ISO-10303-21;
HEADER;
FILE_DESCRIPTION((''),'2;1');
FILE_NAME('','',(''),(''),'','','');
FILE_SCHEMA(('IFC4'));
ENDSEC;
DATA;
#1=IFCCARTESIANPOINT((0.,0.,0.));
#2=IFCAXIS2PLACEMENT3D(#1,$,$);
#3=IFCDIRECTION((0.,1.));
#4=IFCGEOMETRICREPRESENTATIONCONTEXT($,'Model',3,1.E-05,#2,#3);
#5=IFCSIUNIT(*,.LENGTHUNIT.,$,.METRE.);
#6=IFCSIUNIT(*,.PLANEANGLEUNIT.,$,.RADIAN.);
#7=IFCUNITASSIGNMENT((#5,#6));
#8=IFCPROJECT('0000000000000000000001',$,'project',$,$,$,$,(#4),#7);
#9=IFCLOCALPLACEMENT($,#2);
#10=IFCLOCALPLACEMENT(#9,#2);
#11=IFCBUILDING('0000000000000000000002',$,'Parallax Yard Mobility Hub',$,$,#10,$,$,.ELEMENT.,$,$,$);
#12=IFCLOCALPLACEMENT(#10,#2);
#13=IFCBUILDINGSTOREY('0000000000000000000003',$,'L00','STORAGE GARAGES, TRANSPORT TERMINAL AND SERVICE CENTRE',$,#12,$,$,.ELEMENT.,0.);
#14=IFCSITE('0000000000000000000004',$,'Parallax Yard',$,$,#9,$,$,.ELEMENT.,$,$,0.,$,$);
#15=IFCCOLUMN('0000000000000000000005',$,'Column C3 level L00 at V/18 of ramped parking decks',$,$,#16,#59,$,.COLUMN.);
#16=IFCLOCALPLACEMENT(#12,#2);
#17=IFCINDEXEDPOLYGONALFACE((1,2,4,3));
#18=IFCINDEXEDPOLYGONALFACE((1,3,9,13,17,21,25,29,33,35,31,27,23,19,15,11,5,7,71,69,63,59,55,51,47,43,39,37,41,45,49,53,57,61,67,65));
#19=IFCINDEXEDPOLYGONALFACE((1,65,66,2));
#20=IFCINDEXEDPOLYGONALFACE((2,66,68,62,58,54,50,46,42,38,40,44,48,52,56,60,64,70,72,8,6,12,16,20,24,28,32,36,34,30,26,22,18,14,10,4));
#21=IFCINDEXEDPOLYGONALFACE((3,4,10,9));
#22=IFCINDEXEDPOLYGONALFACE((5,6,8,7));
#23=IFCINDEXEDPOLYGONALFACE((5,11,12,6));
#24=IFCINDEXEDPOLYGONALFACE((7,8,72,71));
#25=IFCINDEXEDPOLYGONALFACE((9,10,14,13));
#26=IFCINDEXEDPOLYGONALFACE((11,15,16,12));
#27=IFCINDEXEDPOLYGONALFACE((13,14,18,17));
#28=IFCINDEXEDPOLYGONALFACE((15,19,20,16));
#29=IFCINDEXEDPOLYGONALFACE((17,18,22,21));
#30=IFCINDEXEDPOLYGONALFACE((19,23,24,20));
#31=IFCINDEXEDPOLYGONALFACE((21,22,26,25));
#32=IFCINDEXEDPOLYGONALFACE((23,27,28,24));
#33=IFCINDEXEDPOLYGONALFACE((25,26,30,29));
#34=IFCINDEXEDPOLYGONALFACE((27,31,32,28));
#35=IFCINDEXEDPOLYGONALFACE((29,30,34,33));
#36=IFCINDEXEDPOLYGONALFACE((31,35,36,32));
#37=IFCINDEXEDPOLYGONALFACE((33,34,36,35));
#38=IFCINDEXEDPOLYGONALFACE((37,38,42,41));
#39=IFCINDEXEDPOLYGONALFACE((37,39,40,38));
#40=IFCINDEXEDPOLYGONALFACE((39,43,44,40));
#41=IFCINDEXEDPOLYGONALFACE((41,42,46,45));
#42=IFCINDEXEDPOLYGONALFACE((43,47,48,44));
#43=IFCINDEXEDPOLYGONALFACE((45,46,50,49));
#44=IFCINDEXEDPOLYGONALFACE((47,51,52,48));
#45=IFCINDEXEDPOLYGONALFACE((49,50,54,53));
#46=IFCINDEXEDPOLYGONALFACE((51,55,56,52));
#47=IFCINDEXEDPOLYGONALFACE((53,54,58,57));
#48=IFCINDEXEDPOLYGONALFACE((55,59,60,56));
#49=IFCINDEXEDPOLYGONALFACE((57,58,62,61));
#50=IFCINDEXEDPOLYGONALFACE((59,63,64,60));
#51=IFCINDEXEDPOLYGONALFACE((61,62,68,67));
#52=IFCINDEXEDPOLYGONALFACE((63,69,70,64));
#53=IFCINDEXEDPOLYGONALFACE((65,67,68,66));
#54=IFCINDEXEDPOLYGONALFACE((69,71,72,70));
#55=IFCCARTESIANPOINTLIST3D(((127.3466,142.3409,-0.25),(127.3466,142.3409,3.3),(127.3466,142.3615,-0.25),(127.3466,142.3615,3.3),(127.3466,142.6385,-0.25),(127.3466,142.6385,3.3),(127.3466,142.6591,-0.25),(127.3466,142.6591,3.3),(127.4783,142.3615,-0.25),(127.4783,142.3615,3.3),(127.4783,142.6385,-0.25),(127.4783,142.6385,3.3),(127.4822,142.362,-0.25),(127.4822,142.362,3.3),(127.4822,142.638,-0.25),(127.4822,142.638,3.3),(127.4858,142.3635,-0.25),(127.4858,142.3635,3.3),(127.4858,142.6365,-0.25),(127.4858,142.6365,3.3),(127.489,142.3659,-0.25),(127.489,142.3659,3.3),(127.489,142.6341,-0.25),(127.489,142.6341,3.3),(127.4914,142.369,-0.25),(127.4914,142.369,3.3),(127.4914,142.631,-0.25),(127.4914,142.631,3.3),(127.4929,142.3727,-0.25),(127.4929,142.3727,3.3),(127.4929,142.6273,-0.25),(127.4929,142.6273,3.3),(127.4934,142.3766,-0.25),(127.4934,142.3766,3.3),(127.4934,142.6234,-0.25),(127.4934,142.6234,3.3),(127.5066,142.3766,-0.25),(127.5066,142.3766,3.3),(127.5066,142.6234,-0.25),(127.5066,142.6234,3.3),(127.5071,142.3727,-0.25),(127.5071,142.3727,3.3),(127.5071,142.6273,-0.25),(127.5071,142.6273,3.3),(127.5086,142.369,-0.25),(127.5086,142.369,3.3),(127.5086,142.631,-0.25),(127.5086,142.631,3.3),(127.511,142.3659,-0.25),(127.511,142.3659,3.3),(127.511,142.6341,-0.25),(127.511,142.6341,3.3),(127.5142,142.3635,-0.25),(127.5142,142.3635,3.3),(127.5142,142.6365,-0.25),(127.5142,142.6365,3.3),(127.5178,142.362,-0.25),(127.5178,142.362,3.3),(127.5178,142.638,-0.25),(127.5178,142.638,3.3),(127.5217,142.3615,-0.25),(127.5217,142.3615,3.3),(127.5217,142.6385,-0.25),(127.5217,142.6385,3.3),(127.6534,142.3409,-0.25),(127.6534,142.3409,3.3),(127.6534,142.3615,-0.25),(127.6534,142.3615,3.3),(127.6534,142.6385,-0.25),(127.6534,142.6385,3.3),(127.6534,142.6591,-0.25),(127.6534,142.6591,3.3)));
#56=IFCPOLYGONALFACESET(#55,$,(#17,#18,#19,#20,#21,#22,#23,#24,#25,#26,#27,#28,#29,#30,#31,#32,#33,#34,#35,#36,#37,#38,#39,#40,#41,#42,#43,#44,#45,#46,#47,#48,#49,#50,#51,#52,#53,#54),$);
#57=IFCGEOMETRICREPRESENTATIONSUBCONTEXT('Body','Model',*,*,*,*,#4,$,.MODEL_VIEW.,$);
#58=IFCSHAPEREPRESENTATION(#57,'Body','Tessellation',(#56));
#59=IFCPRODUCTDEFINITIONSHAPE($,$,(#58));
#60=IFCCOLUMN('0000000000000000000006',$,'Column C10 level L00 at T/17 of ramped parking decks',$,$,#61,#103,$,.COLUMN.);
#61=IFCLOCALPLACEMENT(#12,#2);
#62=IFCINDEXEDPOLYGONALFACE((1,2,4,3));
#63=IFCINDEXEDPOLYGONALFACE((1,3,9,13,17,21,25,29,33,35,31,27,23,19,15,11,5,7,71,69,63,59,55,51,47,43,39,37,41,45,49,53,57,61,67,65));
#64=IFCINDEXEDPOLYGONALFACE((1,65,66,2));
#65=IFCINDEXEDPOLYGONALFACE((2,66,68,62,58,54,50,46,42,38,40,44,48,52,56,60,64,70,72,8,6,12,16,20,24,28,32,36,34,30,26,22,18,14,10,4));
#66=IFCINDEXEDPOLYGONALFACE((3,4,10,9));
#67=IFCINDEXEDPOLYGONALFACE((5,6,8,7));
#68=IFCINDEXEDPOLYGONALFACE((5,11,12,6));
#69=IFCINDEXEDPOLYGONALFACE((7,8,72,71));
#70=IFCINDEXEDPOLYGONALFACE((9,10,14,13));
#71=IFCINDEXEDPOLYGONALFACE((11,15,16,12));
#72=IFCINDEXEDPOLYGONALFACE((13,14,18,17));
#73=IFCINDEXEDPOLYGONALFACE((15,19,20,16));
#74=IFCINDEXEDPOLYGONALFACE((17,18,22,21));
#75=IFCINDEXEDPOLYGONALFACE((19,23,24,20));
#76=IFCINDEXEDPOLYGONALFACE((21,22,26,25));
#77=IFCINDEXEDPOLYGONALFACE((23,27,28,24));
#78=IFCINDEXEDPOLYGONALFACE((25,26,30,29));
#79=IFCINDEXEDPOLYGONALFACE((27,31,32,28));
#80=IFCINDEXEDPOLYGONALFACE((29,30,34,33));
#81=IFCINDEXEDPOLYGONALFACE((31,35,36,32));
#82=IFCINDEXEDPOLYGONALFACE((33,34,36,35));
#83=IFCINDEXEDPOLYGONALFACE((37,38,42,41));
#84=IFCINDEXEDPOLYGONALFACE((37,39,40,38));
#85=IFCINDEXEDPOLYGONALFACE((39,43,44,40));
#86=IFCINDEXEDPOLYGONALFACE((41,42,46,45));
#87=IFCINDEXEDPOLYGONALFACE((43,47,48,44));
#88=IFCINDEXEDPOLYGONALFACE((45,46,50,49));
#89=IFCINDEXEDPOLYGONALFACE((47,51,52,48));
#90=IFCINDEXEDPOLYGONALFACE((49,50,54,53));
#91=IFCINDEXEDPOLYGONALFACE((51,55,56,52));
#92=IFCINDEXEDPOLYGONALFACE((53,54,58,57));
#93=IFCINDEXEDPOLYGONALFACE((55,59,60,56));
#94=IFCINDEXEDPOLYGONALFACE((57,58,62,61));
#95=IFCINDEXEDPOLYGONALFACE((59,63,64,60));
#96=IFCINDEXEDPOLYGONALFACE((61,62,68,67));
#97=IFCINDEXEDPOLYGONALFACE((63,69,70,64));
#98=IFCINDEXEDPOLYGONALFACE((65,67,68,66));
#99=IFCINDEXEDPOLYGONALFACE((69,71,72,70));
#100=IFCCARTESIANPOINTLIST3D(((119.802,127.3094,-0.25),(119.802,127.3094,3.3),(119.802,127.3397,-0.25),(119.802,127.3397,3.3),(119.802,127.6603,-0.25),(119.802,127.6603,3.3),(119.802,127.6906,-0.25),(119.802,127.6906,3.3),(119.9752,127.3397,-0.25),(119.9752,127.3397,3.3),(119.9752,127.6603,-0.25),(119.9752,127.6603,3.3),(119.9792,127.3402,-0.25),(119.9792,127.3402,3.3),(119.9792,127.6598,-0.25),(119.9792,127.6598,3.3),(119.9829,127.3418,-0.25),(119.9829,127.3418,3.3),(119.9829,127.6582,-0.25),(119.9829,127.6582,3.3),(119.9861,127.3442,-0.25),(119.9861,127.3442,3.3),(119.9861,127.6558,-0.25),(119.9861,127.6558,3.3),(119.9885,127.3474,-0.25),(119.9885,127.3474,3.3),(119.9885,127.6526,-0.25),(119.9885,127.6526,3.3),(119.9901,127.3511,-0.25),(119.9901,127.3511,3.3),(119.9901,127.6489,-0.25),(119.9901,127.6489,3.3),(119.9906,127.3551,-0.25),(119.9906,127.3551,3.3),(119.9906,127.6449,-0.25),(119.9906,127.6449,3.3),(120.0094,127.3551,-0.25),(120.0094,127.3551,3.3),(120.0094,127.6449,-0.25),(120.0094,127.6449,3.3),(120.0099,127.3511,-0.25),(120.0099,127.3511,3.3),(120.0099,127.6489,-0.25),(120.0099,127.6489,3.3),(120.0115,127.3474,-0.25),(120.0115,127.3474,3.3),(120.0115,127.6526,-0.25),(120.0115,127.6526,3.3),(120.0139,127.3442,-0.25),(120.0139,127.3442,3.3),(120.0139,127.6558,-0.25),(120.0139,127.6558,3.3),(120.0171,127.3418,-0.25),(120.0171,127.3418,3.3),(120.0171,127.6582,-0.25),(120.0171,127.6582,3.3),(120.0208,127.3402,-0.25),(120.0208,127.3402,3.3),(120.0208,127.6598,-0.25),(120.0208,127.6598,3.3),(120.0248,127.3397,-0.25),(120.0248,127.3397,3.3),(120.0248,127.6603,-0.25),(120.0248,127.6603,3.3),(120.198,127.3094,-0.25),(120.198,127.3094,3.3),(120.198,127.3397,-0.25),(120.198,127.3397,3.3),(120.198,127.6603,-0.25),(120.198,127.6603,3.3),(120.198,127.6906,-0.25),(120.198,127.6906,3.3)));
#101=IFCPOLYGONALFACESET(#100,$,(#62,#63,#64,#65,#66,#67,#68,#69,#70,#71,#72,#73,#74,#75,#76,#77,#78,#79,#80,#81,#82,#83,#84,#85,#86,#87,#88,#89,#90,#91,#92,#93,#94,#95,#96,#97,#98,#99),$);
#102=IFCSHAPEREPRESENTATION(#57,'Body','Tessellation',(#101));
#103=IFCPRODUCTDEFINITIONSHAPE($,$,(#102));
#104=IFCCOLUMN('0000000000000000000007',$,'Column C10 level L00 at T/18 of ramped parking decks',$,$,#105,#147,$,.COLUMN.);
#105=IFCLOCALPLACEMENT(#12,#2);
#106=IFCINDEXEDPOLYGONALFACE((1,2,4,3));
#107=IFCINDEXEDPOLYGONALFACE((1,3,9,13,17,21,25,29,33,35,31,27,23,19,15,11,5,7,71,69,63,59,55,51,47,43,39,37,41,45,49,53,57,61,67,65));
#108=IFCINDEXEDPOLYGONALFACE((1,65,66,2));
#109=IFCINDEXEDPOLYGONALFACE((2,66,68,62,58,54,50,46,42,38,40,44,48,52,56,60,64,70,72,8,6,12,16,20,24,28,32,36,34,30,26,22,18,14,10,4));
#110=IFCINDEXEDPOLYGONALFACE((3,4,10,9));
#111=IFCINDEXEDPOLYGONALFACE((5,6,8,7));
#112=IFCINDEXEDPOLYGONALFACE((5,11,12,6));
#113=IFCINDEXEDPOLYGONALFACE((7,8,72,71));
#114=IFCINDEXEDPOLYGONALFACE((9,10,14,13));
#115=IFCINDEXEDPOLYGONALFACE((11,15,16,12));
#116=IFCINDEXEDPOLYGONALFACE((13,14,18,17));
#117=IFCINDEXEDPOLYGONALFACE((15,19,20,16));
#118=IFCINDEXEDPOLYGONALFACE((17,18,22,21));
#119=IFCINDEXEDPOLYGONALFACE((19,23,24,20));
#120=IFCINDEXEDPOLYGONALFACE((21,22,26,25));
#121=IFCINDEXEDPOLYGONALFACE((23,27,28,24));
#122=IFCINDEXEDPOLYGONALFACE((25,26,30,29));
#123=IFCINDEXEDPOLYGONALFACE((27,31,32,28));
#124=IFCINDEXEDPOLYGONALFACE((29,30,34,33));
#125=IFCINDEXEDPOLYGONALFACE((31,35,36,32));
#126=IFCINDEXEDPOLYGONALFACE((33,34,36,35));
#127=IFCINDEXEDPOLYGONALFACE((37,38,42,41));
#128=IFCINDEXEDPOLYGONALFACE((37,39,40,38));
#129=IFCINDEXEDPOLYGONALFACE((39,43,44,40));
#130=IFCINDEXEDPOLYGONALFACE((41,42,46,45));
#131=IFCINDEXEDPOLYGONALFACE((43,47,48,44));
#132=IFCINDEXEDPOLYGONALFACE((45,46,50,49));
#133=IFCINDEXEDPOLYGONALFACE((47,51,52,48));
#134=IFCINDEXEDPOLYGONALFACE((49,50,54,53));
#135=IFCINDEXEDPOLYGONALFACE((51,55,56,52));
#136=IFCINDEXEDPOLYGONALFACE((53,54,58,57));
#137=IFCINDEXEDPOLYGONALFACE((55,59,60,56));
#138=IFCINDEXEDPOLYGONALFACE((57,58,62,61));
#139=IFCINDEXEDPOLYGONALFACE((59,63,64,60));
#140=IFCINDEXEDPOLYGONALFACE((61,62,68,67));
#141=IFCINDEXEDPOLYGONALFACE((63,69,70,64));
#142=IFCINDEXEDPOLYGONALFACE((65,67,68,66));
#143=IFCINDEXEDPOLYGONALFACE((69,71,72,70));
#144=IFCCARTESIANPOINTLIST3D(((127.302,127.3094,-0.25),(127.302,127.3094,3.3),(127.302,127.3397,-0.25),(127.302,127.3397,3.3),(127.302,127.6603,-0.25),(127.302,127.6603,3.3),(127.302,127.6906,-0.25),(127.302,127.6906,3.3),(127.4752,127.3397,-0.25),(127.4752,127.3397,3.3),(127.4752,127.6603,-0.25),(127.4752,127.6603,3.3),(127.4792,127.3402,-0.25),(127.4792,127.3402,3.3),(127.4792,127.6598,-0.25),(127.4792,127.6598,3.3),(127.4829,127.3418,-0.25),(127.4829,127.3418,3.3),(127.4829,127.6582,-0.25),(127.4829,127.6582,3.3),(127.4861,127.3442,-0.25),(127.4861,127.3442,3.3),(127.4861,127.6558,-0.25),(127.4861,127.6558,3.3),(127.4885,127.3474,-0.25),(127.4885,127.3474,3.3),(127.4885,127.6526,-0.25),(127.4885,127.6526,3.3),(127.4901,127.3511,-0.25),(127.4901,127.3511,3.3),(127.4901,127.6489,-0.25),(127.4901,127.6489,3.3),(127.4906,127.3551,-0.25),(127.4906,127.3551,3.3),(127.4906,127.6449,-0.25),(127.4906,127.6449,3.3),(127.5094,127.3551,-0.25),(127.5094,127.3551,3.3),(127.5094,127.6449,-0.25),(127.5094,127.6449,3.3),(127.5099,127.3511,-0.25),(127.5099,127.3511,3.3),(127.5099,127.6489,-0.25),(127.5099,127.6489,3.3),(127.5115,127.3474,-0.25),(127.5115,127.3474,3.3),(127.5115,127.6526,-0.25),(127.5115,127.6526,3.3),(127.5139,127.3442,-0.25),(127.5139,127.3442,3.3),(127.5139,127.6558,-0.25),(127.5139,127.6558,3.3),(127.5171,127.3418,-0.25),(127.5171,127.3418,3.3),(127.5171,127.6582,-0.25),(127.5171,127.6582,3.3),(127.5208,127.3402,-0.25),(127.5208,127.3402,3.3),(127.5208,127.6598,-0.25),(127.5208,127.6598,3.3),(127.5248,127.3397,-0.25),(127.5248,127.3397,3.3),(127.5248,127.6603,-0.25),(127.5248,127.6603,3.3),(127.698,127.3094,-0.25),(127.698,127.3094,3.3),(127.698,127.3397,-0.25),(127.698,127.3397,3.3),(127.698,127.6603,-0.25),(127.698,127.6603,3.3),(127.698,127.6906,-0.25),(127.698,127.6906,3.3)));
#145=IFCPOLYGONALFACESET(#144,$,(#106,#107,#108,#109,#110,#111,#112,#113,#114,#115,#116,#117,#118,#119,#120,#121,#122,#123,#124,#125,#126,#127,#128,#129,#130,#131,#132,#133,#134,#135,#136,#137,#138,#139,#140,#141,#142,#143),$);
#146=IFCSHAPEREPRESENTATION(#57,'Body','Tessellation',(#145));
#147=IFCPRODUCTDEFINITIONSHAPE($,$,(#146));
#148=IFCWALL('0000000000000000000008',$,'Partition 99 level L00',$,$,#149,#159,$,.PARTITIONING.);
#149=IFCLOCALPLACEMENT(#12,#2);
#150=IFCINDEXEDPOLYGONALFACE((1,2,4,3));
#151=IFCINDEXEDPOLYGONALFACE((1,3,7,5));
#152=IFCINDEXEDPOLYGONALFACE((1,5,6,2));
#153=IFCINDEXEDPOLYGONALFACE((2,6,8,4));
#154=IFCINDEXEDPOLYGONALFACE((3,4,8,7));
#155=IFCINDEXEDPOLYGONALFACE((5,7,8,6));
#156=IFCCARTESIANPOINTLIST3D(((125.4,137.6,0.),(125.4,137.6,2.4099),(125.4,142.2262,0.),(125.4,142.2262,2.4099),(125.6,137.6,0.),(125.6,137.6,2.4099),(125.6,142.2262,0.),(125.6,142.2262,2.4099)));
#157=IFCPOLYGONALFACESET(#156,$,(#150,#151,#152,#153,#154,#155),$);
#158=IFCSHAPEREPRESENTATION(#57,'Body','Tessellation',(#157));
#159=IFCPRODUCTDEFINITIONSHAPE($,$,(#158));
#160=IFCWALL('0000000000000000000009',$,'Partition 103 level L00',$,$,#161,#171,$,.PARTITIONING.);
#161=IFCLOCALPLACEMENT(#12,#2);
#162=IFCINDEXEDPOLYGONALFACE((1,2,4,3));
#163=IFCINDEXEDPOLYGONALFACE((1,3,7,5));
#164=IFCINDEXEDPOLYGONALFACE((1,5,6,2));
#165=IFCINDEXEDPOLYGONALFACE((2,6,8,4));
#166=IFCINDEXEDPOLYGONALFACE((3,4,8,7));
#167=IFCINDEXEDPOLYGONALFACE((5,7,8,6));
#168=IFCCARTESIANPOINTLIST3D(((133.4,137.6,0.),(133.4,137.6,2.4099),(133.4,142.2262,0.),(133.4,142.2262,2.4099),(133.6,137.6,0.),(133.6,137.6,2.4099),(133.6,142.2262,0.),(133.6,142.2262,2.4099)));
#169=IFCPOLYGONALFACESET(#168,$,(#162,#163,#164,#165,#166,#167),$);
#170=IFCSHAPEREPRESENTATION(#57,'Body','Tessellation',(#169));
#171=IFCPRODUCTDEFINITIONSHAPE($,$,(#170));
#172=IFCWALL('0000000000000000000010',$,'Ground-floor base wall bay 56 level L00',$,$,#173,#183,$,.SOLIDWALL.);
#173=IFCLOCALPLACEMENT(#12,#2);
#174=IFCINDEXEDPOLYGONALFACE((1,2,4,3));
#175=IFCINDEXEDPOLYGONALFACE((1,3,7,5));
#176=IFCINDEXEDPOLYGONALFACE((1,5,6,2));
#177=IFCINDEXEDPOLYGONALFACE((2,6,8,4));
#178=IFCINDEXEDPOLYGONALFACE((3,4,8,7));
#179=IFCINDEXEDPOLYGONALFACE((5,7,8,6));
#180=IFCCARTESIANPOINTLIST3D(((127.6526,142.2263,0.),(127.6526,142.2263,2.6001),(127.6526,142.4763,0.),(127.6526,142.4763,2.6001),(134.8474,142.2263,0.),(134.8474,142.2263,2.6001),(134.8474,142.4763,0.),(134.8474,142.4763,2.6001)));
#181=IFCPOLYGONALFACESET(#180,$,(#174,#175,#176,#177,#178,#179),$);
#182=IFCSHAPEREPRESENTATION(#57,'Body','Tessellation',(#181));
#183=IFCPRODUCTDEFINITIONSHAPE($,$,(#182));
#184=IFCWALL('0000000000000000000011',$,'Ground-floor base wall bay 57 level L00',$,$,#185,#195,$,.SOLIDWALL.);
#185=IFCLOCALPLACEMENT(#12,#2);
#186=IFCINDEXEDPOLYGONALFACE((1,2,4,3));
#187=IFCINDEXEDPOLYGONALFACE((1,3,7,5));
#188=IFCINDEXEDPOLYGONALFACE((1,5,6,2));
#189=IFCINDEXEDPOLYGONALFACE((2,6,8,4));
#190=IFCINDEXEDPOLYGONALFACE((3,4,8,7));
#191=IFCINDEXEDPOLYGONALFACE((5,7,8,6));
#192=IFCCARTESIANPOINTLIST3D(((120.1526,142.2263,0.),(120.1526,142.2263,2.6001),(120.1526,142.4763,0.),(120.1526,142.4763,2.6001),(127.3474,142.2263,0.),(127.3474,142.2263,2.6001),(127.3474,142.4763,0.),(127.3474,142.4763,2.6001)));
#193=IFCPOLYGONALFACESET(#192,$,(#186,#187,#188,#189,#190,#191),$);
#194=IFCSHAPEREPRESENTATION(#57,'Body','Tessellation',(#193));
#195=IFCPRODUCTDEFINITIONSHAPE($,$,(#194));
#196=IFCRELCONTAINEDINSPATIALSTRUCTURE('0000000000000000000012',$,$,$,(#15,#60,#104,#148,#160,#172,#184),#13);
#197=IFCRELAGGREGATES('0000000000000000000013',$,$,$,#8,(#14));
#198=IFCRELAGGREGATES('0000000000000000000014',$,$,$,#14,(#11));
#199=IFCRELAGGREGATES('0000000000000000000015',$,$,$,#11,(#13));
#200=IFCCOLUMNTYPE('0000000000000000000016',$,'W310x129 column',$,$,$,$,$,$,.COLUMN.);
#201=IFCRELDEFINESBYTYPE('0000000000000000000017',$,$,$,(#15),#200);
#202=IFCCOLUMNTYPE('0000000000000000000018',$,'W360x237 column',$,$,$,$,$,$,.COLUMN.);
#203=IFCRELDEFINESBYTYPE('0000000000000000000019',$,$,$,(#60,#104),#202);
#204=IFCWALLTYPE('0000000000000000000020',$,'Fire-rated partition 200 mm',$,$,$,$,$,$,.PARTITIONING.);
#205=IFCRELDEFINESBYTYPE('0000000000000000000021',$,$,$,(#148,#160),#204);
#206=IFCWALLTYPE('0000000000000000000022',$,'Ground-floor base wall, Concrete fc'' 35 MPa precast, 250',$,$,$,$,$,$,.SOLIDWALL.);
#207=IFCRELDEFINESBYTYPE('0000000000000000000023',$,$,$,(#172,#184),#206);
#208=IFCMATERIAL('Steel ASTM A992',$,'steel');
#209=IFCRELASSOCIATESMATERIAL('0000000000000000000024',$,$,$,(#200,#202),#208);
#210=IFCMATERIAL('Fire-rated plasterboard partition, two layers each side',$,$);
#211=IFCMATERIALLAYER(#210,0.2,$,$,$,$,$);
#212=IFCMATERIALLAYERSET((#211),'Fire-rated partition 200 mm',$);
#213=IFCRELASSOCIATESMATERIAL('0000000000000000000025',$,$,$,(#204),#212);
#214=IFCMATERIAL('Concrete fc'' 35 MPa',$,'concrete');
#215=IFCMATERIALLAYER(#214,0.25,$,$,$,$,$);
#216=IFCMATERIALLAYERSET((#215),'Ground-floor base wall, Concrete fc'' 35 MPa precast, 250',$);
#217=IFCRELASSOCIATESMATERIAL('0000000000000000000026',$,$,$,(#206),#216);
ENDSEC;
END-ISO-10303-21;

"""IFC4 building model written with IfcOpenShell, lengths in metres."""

from ifc_helpers import new_model, si_unit, direction, frame, frame_2d, origin, origin_2d, place, context, subcontext, project, spatial, rectangle, i_section, extrude, material, layer, layer_set, material_profile, profile_set, type_object, element, save


model = new_model("IFC4")

# Units and contexts
model_context = context("Model", 3, precision=1e-05, world=origin(), true_north=direction((0.0, 1.0)))
body_context = subcontext(model_context, "Body", "Model", "MODEL_VIEW")
ifc_project = project(units=[si_unit("LENGTHUNIT", "METRE"), si_unit("PLANEANGLEUNIT", "RADIAN")], contexts=[model_context])

# Site, building, storey
site_placement = place(None, origin())
site = spatial("IfcSite", under=ifc_project, at=site_placement, Name="Parallax Yard", CompositionType="ELEMENT", RefElevation=0.0)
building_placement = place(site_placement, origin())
building = spatial("IfcBuilding", under=site, at=building_placement, Name="Parallax Yard Mobility Hub", CompositionType="ELEMENT")
storey_placement = place(building_placement, origin())
storey = spatial("IfcBuildingStorey", under=building, at=storey_placement, Name="L00", Description="STORAGE GARAGES, TRANSPORT TERMINAL AND SERVICE CENTRE", CompositionType="ELEMENT", Elevation=0.0)

# Columns
ifc_material_1 = material(Name="Steel ASTM A992", Category="steel")
ifc_material_profile_1 = material_profile(ifc_material_1, i_section(OverallWidth=0.3069, OverallDepth=0.3181, WebThickness=0.0132, FlangeThickness=0.0205, FilletRadius=0.0151, at=origin_2d()), Name="W310x129")
ifc_profile_set_1 = profile_set([ifc_material_profile_1], Name="Steel ASTM A992")
column_type_1 = type_object("IfcColumnType", Name="W310x129 column", PredefinedType="COLUMN", material=ifc_profile_set_1)
for number, where, z_axis, x_axis, name in (
    (1, (127.5, 142.5, -0.25), (0.0, 0.0, 1.0), (1.0, 0.0, 0.0), "Column C3 level L00 at V/18 of ramped parking decks"),
):
    element("IfcColumn", number, at=place(storey_placement, frame(where, z_axis=z_axis, x_axis=x_axis)), inside=storey, type_object=column_type_1, Name=name, PredefinedType="COLUMN", context=body_context, shape_type="SweptSolid", body=[
        extrude(i_section(OverallWidth=0.3069, OverallDepth=0.3181, WebThickness=0.0132, FlangeThickness=0.0205, FilletRadius=0.0151, at=origin_2d()), origin(), (0.0, 0.0, 1.0), 3.55),
    ])
ifc_material_profile_2 = material_profile(ifc_material_1, i_section(OverallWidth=0.396, OverallDepth=0.3811, WebThickness=0.0188, FlangeThickness=0.0303, FilletRadius=0.0154, at=origin_2d()), Name="W360x237")
ifc_profile_set_2 = profile_set([ifc_material_profile_2], Name="Steel ASTM A992")
column_type_2 = type_object("IfcColumnType", Name="W360x237 column", PredefinedType="COLUMN", material=ifc_profile_set_2)
for number, where, z_axis, x_axis, name in (
    (2, (120.0, 127.5, -0.25), (0.0, 0.0, 1.0), (1.0, 0.0, 0.0), "Column C10 level L00 at T/17 of ramped parking decks"),
    (3, (127.5, 127.5, -0.25), (0.0, 0.0, 1.0), (1.0, 0.0, 0.0), "Column C10 level L00 at T/18 of ramped parking decks"),
):
    element("IfcColumn", number, at=place(storey_placement, frame(where, z_axis=z_axis, x_axis=x_axis)), inside=storey, type_object=column_type_2, Name=name, PredefinedType="COLUMN", context=body_context, shape_type="SweptSolid", body=[
        extrude(i_section(OverallWidth=0.396, OverallDepth=0.3811, WebThickness=0.0188, FlangeThickness=0.0303, FilletRadius=0.0154, at=origin_2d()), origin(), (0.0, 0.0, 1.0), 3.55),
    ])

# Walls
ifc_material_2 = material(Name="Fire-rated plasterboard partition, two layers each side")
ifc_layer_1 = layer(ifc_material_2, 0.2)
ifc_layer_set_1 = layer_set([ifc_layer_1], Name="Fire-rated partition 200 mm")
wall_type_1 = type_object("IfcWallType", Name="Fire-rated partition 200 mm", PredefinedType="PARTITIONING", material=ifc_layer_set_1)
for number, where, z_axis, x_axis, name in (
    (4, (125.5, 137.6001, 0.0), (0.0, 0.0, 1.0), (0.0, 1.0, 0.0), "Partition 99 level L00"),
    (5, (133.5, 137.6001, 0.0), (0.0, 0.0, 1.0), (0.0, 1.0, 0.0), "Partition 103 level L00"),
):
    element("IfcWall", number, at=place(storey_placement, frame(where, z_axis=z_axis, x_axis=x_axis)), inside=storey, type_object=wall_type_1, Name=name, PredefinedType="PARTITIONING", context=body_context, shape_type="SweptSolid", body=[
        extrude(rectangle(XDim=4.6262, YDim=0.2, at=frame_2d((2.313, 0.0))), origin(), (0.0, 0.0, 1.0), 2.4099),
    ])
ifc_material_3 = material(Name="Concrete fc' 35 MPa", Category="concrete")
ifc_layer_2 = layer(ifc_material_3, 0.25)
ifc_layer_set_2 = layer_set([ifc_layer_2], Name="Ground-floor base wall, Concrete fc' 35 MPa precast, 250")
wall_type_2 = type_object("IfcWallType", Name="Ground-floor base wall, Concrete fc' 35 MPa precast, 250", PredefinedType="SOLIDWALL", material=ifc_layer_set_2)
for number, where, z_axis, x_axis, name in (
    (6, (134.8474, 142.3513, 0.0), (0.0, 0.0, 1.0), (-1.0, 0.0, 0.0), "Ground-floor base wall bay 56 level L00"),
    (7, (127.3474, 142.3513, 0.0), (0.0, 0.0, 1.0), (-1.0, 0.0, 0.0), "Ground-floor base wall bay 57 level L00"),
):
    element("IfcWall", number, at=place(storey_placement, frame(where, z_axis=z_axis, x_axis=x_axis)), inside=storey, type_object=wall_type_2, Name=name, PredefinedType="SOLIDWALL", context=body_context, shape_type="SweptSolid", body=[
        extrude(rectangle(XDim=7.1948, YDim=0.25, at=frame_2d((3.5974, 0.0))), origin(), (0.0, 0.0, 1.0), 2.6001),
    ])

save(model, "model.ifc")
